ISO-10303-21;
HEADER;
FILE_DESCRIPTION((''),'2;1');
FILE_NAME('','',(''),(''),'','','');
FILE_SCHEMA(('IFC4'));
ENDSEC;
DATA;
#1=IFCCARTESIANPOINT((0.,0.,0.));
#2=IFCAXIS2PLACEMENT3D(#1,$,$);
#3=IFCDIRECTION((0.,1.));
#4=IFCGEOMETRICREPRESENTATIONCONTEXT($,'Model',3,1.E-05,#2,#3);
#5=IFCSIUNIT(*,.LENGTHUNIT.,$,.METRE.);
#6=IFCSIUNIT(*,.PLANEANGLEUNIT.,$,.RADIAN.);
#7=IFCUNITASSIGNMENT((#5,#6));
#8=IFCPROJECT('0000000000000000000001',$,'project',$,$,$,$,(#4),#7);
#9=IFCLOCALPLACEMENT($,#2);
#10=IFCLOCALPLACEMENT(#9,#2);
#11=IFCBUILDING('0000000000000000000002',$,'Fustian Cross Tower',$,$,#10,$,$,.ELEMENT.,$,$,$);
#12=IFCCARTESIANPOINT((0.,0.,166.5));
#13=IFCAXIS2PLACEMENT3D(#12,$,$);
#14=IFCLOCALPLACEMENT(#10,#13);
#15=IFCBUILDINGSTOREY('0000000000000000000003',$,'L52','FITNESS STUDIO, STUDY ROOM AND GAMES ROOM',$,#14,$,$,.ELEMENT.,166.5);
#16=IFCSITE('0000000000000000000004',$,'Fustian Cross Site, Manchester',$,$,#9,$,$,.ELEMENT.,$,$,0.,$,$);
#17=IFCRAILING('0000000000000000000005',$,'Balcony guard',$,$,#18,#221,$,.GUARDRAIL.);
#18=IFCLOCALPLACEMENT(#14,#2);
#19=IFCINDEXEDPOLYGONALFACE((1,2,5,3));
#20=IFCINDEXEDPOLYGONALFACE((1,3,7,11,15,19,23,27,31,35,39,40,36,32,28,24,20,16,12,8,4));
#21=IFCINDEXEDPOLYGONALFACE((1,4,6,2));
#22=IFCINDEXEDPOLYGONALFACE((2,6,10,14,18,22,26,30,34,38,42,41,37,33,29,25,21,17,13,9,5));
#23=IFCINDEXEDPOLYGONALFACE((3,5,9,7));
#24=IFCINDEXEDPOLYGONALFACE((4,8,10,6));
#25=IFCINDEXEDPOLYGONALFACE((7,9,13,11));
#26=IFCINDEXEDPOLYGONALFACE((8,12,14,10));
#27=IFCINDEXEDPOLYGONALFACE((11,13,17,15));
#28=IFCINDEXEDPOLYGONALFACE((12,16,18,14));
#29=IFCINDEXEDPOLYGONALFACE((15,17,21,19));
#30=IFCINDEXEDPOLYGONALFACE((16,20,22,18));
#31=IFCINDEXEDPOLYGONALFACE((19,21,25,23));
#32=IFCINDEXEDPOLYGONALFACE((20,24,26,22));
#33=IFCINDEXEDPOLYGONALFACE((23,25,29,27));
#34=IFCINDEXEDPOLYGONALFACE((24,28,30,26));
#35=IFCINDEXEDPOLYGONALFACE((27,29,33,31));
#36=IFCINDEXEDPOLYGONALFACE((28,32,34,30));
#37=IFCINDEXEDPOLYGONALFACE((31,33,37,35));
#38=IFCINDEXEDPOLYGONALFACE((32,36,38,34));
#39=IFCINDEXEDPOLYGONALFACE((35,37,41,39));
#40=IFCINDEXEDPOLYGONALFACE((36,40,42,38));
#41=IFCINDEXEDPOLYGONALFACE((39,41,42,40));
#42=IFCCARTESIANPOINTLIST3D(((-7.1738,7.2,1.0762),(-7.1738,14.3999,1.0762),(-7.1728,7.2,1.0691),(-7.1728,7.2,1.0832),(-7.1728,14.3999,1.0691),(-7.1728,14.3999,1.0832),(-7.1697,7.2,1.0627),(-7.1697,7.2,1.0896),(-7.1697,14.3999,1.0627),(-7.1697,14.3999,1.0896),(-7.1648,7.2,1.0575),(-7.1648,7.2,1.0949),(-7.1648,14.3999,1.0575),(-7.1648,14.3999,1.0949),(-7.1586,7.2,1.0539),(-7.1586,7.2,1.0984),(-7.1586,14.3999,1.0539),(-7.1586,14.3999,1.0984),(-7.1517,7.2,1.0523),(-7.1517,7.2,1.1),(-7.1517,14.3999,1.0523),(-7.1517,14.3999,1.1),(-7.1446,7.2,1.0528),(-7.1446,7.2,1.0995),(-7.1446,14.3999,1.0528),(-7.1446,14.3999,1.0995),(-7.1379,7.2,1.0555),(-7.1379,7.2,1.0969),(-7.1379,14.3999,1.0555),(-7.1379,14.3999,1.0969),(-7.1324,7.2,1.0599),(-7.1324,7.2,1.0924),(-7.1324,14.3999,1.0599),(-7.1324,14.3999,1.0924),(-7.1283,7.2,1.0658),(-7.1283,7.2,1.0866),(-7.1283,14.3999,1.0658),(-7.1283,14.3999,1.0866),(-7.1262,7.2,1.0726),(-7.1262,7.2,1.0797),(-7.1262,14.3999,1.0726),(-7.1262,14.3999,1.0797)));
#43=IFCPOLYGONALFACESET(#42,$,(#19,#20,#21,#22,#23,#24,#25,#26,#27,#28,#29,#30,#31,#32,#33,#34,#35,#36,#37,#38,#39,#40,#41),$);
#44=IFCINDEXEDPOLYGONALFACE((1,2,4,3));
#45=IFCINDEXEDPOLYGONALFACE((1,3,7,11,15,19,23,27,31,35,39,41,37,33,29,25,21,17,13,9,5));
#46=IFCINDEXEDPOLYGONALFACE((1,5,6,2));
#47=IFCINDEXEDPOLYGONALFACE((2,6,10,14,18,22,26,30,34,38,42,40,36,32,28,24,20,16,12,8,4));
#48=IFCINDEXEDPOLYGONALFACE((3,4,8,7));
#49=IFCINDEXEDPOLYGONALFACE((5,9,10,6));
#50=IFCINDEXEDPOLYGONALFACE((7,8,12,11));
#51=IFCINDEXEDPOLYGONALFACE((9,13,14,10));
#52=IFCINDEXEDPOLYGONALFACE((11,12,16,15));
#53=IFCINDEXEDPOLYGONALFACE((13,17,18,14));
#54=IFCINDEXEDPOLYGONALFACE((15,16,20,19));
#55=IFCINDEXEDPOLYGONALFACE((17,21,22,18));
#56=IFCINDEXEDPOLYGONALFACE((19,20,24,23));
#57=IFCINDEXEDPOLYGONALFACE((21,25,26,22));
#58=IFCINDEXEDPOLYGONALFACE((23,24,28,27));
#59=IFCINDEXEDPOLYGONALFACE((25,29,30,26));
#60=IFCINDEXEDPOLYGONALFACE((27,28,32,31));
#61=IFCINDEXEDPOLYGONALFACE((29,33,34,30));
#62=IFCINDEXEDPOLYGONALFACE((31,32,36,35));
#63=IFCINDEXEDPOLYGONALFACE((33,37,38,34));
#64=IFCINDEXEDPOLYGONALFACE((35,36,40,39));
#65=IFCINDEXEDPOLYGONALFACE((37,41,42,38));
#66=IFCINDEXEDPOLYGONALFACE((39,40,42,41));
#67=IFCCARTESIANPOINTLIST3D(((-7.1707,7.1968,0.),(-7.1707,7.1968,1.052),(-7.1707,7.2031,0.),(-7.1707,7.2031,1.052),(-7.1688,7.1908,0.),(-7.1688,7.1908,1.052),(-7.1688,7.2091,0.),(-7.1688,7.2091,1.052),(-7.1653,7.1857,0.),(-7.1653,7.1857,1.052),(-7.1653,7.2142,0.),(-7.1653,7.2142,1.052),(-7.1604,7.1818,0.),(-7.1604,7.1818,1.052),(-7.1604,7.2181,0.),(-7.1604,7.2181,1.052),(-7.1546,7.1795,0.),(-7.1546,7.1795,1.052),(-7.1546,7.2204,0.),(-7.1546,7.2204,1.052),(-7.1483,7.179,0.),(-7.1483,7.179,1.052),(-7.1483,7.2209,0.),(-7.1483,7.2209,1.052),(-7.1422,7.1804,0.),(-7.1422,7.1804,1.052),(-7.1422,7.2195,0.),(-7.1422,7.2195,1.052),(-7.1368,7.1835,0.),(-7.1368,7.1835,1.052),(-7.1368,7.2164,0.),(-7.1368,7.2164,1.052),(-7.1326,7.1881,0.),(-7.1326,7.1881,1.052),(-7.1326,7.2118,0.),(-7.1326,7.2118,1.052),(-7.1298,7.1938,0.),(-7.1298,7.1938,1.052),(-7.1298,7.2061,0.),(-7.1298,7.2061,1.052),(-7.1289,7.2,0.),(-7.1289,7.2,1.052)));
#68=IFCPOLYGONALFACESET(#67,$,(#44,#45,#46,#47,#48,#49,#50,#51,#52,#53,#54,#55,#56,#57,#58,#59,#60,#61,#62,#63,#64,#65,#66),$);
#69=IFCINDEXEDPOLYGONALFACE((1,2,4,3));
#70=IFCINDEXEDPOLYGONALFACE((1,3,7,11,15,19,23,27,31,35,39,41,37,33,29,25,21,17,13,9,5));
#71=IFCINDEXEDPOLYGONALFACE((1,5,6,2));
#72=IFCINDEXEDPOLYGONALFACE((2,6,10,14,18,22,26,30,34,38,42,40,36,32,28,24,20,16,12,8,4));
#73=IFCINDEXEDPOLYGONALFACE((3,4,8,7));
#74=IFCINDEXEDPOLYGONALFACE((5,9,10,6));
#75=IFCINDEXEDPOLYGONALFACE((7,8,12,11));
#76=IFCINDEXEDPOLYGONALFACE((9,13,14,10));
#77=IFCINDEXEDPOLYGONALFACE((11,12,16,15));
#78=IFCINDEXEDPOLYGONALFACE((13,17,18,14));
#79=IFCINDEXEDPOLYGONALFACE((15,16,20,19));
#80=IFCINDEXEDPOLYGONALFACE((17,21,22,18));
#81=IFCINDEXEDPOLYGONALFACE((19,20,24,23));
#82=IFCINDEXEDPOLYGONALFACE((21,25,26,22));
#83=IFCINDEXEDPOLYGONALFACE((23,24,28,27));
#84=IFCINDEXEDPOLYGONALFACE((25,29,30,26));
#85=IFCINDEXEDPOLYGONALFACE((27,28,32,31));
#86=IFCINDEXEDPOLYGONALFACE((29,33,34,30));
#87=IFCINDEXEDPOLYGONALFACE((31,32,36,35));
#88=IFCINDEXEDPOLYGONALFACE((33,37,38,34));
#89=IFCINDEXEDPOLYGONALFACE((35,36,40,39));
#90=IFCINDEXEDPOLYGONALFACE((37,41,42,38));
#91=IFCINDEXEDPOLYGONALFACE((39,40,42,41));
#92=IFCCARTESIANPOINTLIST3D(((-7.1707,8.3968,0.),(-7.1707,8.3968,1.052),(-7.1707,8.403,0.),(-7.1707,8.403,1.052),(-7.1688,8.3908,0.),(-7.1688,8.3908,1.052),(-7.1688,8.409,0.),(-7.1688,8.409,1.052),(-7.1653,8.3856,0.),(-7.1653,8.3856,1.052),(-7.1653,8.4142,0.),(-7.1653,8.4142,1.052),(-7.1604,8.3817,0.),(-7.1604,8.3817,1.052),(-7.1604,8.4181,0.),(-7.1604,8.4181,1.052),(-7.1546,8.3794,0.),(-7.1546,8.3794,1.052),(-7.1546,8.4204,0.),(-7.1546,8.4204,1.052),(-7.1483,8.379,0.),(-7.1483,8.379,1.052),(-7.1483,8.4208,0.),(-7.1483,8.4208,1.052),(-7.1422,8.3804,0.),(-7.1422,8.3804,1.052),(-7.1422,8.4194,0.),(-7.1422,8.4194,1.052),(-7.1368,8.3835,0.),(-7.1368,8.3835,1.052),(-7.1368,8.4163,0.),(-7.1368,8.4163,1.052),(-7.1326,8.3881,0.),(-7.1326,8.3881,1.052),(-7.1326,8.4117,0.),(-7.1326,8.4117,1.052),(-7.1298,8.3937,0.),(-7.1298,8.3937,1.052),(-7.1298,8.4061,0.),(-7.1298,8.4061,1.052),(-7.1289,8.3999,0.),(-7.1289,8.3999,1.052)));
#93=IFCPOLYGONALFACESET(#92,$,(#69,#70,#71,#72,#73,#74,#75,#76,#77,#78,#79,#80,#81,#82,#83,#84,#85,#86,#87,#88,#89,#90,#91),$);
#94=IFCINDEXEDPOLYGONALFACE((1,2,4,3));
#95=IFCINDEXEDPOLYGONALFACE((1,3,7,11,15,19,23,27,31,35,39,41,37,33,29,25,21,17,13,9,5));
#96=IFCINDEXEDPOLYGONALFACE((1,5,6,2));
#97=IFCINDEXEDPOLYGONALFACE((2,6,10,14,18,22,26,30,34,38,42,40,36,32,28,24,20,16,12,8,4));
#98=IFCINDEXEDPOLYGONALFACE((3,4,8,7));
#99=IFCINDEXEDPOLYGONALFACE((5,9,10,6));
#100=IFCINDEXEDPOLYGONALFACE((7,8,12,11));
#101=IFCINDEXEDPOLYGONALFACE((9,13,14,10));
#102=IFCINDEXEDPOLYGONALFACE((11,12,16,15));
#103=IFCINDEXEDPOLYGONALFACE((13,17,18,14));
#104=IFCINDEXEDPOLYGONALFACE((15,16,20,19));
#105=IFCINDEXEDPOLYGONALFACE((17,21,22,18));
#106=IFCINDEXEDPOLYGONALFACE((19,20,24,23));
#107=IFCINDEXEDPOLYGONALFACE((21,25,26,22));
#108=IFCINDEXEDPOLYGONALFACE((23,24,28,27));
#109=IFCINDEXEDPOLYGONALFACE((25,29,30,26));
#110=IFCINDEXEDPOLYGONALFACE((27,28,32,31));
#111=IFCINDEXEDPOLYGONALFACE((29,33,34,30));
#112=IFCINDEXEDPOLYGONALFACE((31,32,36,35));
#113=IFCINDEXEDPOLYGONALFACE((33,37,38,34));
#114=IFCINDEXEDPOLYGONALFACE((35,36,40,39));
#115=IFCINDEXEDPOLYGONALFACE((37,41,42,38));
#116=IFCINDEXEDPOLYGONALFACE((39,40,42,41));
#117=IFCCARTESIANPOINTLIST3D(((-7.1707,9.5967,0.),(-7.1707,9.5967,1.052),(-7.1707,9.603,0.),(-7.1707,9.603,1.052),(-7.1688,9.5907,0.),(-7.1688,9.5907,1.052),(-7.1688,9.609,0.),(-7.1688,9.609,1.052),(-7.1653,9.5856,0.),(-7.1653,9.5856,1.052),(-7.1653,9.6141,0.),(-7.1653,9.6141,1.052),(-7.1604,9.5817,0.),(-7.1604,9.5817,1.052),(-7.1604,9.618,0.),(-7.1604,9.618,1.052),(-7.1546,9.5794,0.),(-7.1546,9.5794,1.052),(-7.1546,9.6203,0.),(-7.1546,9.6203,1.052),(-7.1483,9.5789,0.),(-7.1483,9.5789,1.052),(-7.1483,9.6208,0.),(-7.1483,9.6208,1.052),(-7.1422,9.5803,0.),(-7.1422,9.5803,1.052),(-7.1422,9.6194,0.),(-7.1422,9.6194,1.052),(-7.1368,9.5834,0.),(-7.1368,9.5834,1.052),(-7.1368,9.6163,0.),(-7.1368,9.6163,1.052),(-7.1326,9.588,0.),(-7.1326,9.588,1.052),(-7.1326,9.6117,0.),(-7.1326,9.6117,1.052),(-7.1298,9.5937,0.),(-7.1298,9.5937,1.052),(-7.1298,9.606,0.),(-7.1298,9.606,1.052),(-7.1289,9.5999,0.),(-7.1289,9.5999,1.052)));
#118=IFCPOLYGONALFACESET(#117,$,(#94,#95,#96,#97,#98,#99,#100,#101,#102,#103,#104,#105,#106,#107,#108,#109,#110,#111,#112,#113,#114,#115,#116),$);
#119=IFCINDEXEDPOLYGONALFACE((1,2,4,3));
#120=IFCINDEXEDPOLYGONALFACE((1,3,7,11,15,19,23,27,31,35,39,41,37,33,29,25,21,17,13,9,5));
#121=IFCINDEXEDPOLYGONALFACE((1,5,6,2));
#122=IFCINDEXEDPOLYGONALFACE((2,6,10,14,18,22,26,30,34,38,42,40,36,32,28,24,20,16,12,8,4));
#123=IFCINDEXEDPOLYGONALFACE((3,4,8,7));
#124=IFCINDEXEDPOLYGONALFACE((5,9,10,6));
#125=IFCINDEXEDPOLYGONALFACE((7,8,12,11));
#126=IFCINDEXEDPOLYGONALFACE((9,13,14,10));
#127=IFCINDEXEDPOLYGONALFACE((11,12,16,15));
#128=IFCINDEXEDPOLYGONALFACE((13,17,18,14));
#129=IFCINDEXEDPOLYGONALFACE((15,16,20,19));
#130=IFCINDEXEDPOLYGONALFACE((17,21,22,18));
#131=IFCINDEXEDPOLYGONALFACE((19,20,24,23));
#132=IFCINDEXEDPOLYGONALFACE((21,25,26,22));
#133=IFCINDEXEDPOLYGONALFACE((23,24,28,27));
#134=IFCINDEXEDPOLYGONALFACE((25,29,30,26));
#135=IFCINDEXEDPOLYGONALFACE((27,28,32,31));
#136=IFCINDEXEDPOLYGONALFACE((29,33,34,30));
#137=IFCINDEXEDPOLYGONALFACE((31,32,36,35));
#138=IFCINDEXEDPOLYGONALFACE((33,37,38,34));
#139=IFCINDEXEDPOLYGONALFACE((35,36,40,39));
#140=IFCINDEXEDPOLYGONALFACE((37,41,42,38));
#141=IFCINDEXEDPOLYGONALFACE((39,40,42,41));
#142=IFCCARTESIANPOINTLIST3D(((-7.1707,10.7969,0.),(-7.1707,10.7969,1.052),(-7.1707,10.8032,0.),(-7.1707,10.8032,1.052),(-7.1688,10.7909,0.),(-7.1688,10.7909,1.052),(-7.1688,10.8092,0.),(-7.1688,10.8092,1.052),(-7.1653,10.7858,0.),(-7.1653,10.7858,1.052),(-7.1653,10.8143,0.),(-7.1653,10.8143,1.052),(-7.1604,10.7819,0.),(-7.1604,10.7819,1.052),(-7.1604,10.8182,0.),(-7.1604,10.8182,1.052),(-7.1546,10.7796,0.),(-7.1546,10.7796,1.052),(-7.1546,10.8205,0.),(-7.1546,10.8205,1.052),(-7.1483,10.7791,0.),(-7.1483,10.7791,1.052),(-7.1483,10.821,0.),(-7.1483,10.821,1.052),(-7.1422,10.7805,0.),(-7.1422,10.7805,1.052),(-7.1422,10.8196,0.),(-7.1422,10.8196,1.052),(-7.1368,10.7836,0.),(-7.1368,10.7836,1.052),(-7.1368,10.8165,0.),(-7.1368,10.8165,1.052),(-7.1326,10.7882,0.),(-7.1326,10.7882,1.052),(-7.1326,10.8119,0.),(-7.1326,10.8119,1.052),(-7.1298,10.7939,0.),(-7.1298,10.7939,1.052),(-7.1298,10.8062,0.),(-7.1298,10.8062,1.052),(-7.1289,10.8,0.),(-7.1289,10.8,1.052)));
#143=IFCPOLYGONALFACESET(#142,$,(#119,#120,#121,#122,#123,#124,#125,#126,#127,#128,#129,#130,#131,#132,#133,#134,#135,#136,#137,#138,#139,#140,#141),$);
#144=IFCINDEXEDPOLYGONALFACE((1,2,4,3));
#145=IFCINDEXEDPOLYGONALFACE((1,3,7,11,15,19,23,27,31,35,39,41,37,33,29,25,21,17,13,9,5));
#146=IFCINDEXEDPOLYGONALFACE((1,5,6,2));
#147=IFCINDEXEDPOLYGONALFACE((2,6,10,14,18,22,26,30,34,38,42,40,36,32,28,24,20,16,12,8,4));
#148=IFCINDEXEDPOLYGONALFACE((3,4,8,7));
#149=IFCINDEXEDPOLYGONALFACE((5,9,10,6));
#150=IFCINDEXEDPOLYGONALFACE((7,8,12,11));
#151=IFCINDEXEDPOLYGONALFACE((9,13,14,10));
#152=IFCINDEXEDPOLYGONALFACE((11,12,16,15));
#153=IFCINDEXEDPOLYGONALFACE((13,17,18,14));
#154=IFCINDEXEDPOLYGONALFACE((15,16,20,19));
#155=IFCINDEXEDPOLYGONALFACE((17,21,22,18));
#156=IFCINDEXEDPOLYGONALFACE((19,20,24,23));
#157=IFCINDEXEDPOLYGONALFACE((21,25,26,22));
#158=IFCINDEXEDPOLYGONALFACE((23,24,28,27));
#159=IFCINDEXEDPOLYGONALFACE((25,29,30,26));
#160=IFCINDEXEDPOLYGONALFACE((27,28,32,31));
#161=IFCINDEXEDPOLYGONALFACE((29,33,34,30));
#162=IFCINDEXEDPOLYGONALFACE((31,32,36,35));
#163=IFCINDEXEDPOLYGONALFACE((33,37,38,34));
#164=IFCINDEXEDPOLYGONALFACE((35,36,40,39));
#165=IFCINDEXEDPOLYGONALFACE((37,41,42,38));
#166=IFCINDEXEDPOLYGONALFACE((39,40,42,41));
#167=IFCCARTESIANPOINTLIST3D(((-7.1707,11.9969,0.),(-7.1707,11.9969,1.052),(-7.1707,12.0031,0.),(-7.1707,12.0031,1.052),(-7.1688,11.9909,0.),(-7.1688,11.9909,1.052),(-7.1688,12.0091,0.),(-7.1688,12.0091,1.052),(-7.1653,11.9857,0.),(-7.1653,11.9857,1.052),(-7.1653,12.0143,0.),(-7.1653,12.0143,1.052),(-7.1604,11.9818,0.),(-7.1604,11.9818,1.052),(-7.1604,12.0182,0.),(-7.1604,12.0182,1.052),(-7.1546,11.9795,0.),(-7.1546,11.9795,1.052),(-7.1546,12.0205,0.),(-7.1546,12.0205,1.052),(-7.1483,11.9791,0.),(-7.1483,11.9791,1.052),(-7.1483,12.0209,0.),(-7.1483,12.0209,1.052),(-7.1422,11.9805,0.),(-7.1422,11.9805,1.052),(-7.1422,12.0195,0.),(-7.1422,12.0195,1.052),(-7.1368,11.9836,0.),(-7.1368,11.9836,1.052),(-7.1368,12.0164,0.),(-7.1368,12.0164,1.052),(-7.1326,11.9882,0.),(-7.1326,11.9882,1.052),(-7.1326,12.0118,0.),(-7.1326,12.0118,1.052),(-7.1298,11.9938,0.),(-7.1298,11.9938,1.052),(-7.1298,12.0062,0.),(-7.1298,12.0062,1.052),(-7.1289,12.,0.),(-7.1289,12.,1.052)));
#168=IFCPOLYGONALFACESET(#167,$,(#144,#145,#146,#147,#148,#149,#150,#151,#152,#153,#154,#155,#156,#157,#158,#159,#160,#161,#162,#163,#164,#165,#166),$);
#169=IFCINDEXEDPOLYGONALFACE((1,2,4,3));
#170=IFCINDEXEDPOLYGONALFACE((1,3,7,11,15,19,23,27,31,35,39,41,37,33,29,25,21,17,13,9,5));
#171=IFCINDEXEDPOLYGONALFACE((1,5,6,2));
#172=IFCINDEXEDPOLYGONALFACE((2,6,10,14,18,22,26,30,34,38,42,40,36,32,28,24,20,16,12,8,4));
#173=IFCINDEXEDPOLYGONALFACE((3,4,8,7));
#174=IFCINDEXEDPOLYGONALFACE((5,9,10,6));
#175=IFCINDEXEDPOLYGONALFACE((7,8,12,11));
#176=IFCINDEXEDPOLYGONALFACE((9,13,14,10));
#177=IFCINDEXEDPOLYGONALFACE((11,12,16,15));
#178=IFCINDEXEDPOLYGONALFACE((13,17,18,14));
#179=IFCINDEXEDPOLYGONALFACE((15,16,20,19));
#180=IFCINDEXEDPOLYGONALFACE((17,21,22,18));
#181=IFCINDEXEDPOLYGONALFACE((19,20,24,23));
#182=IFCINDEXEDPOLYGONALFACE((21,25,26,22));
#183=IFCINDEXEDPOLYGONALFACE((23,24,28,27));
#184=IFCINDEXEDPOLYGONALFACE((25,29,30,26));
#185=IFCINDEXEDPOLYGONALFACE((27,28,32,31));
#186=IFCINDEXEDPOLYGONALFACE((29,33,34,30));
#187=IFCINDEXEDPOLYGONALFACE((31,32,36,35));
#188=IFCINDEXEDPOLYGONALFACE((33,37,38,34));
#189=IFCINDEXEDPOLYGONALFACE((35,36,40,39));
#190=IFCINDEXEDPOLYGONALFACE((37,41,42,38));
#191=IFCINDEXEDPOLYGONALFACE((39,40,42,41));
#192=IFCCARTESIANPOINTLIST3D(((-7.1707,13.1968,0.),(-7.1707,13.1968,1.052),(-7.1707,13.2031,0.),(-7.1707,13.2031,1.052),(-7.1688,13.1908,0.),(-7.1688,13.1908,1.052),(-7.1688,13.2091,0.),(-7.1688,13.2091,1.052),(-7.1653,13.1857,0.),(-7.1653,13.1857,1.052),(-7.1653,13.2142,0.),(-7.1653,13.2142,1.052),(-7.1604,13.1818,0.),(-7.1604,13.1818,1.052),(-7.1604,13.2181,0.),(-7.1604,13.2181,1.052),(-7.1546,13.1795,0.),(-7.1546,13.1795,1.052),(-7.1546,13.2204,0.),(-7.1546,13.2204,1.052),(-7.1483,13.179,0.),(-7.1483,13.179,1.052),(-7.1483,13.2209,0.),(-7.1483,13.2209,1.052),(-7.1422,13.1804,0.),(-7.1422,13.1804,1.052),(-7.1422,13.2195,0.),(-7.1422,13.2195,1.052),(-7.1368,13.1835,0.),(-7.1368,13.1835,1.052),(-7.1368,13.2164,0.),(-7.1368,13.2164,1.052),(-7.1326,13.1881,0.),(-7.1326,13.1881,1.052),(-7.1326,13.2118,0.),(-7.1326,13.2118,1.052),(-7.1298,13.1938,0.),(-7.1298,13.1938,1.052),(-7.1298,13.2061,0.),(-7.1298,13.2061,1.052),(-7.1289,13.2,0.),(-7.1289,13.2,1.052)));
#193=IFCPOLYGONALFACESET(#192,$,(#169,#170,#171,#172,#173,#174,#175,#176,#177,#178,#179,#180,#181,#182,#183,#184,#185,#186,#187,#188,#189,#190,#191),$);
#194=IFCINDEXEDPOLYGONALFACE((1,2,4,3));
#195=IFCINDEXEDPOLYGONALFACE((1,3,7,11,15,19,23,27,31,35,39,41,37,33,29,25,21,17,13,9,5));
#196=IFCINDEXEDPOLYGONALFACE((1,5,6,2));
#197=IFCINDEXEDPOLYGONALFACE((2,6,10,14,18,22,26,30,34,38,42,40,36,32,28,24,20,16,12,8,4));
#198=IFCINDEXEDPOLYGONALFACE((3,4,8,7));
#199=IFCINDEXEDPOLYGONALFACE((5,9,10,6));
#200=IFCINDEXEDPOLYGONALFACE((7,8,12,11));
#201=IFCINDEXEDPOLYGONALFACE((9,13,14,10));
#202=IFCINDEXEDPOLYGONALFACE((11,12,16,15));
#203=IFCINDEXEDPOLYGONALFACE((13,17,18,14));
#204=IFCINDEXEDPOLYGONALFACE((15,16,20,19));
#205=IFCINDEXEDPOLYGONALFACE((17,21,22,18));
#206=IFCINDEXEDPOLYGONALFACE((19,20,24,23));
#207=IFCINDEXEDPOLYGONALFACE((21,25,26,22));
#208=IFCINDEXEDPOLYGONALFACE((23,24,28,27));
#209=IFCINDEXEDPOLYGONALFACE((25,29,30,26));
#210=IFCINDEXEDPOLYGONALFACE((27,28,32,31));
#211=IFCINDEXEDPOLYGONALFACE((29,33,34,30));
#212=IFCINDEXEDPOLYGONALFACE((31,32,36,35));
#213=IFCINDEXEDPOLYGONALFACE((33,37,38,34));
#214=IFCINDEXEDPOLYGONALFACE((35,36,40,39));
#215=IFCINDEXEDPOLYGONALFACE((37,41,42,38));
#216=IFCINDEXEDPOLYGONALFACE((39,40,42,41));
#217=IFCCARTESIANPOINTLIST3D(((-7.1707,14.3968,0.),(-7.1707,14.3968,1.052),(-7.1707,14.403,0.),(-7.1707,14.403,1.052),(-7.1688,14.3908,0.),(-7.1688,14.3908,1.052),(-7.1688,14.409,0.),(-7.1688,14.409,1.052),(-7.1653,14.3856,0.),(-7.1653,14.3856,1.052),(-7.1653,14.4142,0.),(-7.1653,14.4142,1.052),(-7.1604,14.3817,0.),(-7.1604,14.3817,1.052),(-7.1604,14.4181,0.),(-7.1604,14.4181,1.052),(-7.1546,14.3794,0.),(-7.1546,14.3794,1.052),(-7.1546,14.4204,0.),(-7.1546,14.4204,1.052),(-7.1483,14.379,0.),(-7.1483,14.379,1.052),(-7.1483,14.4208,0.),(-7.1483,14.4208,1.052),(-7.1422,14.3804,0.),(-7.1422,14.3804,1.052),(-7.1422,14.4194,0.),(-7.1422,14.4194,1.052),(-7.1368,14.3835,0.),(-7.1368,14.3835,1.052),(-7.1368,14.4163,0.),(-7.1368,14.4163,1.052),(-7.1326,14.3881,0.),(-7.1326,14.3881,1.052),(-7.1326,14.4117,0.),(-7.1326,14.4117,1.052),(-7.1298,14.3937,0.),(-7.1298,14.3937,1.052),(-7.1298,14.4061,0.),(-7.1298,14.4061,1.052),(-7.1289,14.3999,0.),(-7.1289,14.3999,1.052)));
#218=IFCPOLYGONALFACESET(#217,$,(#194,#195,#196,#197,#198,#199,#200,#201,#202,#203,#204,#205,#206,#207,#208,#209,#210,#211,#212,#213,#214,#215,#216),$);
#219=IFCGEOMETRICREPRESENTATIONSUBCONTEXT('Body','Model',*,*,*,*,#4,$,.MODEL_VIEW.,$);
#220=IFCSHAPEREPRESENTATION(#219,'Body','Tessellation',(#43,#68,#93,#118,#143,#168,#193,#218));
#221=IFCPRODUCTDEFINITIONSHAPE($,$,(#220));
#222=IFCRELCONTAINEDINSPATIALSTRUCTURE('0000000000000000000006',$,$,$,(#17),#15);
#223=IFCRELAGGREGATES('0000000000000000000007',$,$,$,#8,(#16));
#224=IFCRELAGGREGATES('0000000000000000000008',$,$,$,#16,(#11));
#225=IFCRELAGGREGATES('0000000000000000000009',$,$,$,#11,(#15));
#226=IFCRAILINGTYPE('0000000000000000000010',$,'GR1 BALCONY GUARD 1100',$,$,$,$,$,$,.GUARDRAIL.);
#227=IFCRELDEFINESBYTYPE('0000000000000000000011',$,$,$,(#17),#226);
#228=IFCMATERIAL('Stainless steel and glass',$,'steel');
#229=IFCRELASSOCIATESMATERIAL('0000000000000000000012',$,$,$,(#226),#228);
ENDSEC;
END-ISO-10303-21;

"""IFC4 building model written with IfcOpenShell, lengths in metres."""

from ifc_helpers import new_model, si_unit, direction, frame, origin, origin_2d, place, context, subcontext, project, spatial, circle, extrude, material, type_object, element, save


model = new_model("IFC4")

# Units and contexts
model_context = context("Model", 3, precision=1e-05, world=origin(), true_north=direction((0.0, 1.0)))
body_context = subcontext(model_context, "Body", "Model", "MODEL_VIEW")
ifc_project = project(units=[si_unit("LENGTHUNIT", "METRE"), si_unit("PLANEANGLEUNIT", "RADIAN")], contexts=[model_context])

# Site, building, storey
site_placement = place(None, origin())
site = spatial("IfcSite", under=ifc_project, at=site_placement, Name="Fustian Cross Site, Manchester", CompositionType="ELEMENT", RefElevation=0.0)
building_placement = place(site_placement, origin())
building = spatial("IfcBuilding", under=site, at=building_placement, Name="Fustian Cross Tower", CompositionType="ELEMENT")
storey_placement = place(building_placement, frame((0.0, 0.0, 166.5)))
storey = spatial("IfcBuildingStorey", under=building, at=storey_placement, Name="L52", Description="FITNESS STUDIO, STUDY ROOM AND GAMES ROOM", CompositionType="ELEMENT", Elevation=166.5)

# Railing
ifc_material_1 = material(Name="Stainless steel and glass", Category="steel")
railing_type = type_object("IfcRailingType", Name="GR1 BALCONY GUARD 1100", PredefinedType="GUARDRAIL", material=ifc_material_1)
railing_placement = place(storey_placement, frame((-7.1499, 7.2, 0.0)))
element("IfcRailing", 1, at=railing_placement, inside=storey, type_object=railing_type, Name="Balcony guard", PredefinedType="GUARDRAIL", context=body_context, shape_type="SweptSolid", body=[
    extrude(circle(Radius=0.0239, at=origin_2d()), frame((0.0, 0.0, 1.0762), z_axis=(0.0, 1.0, 0.0), x_axis=(-1.0, 0.0, 0.0)), (0.0, 0.0, 1.0), 7.2),
    extrude(circle(Radius=0.021, at=origin_2d()), origin(), (0.0, 0.0, 1.0), 1.052),
    extrude(circle(Radius=0.021, at=origin_2d()), frame((0.0, 1.2, 0.0)), (0.0, 0.0, 1.0), 1.052),
    extrude(circle(Radius=0.021, at=origin_2d()), frame((0.0, 2.3999, 0.0)), (0.0, 0.0, 1.0), 1.052),
    extrude(circle(Radius=0.021, at=origin_2d()), frame((0.0, 3.6001, 0.0)), (0.0, 0.0, 1.0), 1.052),
    extrude(circle(Radius=0.021, at=origin_2d()), frame((0.0, 4.8, 0.0)), (0.0, 0.0, 1.0), 1.052),
    extrude(circle(Radius=0.021, at=origin_2d()), frame((0.0, 6.0, 0.0)), (0.0, 0.0, 1.0), 1.052),
    extrude(circle(Radius=0.021, at=origin_2d()), frame((0.0, 7.2, 0.0)), (0.0, 0.0, 1.0), 1.052),
])

save(model, "model.ifc")
